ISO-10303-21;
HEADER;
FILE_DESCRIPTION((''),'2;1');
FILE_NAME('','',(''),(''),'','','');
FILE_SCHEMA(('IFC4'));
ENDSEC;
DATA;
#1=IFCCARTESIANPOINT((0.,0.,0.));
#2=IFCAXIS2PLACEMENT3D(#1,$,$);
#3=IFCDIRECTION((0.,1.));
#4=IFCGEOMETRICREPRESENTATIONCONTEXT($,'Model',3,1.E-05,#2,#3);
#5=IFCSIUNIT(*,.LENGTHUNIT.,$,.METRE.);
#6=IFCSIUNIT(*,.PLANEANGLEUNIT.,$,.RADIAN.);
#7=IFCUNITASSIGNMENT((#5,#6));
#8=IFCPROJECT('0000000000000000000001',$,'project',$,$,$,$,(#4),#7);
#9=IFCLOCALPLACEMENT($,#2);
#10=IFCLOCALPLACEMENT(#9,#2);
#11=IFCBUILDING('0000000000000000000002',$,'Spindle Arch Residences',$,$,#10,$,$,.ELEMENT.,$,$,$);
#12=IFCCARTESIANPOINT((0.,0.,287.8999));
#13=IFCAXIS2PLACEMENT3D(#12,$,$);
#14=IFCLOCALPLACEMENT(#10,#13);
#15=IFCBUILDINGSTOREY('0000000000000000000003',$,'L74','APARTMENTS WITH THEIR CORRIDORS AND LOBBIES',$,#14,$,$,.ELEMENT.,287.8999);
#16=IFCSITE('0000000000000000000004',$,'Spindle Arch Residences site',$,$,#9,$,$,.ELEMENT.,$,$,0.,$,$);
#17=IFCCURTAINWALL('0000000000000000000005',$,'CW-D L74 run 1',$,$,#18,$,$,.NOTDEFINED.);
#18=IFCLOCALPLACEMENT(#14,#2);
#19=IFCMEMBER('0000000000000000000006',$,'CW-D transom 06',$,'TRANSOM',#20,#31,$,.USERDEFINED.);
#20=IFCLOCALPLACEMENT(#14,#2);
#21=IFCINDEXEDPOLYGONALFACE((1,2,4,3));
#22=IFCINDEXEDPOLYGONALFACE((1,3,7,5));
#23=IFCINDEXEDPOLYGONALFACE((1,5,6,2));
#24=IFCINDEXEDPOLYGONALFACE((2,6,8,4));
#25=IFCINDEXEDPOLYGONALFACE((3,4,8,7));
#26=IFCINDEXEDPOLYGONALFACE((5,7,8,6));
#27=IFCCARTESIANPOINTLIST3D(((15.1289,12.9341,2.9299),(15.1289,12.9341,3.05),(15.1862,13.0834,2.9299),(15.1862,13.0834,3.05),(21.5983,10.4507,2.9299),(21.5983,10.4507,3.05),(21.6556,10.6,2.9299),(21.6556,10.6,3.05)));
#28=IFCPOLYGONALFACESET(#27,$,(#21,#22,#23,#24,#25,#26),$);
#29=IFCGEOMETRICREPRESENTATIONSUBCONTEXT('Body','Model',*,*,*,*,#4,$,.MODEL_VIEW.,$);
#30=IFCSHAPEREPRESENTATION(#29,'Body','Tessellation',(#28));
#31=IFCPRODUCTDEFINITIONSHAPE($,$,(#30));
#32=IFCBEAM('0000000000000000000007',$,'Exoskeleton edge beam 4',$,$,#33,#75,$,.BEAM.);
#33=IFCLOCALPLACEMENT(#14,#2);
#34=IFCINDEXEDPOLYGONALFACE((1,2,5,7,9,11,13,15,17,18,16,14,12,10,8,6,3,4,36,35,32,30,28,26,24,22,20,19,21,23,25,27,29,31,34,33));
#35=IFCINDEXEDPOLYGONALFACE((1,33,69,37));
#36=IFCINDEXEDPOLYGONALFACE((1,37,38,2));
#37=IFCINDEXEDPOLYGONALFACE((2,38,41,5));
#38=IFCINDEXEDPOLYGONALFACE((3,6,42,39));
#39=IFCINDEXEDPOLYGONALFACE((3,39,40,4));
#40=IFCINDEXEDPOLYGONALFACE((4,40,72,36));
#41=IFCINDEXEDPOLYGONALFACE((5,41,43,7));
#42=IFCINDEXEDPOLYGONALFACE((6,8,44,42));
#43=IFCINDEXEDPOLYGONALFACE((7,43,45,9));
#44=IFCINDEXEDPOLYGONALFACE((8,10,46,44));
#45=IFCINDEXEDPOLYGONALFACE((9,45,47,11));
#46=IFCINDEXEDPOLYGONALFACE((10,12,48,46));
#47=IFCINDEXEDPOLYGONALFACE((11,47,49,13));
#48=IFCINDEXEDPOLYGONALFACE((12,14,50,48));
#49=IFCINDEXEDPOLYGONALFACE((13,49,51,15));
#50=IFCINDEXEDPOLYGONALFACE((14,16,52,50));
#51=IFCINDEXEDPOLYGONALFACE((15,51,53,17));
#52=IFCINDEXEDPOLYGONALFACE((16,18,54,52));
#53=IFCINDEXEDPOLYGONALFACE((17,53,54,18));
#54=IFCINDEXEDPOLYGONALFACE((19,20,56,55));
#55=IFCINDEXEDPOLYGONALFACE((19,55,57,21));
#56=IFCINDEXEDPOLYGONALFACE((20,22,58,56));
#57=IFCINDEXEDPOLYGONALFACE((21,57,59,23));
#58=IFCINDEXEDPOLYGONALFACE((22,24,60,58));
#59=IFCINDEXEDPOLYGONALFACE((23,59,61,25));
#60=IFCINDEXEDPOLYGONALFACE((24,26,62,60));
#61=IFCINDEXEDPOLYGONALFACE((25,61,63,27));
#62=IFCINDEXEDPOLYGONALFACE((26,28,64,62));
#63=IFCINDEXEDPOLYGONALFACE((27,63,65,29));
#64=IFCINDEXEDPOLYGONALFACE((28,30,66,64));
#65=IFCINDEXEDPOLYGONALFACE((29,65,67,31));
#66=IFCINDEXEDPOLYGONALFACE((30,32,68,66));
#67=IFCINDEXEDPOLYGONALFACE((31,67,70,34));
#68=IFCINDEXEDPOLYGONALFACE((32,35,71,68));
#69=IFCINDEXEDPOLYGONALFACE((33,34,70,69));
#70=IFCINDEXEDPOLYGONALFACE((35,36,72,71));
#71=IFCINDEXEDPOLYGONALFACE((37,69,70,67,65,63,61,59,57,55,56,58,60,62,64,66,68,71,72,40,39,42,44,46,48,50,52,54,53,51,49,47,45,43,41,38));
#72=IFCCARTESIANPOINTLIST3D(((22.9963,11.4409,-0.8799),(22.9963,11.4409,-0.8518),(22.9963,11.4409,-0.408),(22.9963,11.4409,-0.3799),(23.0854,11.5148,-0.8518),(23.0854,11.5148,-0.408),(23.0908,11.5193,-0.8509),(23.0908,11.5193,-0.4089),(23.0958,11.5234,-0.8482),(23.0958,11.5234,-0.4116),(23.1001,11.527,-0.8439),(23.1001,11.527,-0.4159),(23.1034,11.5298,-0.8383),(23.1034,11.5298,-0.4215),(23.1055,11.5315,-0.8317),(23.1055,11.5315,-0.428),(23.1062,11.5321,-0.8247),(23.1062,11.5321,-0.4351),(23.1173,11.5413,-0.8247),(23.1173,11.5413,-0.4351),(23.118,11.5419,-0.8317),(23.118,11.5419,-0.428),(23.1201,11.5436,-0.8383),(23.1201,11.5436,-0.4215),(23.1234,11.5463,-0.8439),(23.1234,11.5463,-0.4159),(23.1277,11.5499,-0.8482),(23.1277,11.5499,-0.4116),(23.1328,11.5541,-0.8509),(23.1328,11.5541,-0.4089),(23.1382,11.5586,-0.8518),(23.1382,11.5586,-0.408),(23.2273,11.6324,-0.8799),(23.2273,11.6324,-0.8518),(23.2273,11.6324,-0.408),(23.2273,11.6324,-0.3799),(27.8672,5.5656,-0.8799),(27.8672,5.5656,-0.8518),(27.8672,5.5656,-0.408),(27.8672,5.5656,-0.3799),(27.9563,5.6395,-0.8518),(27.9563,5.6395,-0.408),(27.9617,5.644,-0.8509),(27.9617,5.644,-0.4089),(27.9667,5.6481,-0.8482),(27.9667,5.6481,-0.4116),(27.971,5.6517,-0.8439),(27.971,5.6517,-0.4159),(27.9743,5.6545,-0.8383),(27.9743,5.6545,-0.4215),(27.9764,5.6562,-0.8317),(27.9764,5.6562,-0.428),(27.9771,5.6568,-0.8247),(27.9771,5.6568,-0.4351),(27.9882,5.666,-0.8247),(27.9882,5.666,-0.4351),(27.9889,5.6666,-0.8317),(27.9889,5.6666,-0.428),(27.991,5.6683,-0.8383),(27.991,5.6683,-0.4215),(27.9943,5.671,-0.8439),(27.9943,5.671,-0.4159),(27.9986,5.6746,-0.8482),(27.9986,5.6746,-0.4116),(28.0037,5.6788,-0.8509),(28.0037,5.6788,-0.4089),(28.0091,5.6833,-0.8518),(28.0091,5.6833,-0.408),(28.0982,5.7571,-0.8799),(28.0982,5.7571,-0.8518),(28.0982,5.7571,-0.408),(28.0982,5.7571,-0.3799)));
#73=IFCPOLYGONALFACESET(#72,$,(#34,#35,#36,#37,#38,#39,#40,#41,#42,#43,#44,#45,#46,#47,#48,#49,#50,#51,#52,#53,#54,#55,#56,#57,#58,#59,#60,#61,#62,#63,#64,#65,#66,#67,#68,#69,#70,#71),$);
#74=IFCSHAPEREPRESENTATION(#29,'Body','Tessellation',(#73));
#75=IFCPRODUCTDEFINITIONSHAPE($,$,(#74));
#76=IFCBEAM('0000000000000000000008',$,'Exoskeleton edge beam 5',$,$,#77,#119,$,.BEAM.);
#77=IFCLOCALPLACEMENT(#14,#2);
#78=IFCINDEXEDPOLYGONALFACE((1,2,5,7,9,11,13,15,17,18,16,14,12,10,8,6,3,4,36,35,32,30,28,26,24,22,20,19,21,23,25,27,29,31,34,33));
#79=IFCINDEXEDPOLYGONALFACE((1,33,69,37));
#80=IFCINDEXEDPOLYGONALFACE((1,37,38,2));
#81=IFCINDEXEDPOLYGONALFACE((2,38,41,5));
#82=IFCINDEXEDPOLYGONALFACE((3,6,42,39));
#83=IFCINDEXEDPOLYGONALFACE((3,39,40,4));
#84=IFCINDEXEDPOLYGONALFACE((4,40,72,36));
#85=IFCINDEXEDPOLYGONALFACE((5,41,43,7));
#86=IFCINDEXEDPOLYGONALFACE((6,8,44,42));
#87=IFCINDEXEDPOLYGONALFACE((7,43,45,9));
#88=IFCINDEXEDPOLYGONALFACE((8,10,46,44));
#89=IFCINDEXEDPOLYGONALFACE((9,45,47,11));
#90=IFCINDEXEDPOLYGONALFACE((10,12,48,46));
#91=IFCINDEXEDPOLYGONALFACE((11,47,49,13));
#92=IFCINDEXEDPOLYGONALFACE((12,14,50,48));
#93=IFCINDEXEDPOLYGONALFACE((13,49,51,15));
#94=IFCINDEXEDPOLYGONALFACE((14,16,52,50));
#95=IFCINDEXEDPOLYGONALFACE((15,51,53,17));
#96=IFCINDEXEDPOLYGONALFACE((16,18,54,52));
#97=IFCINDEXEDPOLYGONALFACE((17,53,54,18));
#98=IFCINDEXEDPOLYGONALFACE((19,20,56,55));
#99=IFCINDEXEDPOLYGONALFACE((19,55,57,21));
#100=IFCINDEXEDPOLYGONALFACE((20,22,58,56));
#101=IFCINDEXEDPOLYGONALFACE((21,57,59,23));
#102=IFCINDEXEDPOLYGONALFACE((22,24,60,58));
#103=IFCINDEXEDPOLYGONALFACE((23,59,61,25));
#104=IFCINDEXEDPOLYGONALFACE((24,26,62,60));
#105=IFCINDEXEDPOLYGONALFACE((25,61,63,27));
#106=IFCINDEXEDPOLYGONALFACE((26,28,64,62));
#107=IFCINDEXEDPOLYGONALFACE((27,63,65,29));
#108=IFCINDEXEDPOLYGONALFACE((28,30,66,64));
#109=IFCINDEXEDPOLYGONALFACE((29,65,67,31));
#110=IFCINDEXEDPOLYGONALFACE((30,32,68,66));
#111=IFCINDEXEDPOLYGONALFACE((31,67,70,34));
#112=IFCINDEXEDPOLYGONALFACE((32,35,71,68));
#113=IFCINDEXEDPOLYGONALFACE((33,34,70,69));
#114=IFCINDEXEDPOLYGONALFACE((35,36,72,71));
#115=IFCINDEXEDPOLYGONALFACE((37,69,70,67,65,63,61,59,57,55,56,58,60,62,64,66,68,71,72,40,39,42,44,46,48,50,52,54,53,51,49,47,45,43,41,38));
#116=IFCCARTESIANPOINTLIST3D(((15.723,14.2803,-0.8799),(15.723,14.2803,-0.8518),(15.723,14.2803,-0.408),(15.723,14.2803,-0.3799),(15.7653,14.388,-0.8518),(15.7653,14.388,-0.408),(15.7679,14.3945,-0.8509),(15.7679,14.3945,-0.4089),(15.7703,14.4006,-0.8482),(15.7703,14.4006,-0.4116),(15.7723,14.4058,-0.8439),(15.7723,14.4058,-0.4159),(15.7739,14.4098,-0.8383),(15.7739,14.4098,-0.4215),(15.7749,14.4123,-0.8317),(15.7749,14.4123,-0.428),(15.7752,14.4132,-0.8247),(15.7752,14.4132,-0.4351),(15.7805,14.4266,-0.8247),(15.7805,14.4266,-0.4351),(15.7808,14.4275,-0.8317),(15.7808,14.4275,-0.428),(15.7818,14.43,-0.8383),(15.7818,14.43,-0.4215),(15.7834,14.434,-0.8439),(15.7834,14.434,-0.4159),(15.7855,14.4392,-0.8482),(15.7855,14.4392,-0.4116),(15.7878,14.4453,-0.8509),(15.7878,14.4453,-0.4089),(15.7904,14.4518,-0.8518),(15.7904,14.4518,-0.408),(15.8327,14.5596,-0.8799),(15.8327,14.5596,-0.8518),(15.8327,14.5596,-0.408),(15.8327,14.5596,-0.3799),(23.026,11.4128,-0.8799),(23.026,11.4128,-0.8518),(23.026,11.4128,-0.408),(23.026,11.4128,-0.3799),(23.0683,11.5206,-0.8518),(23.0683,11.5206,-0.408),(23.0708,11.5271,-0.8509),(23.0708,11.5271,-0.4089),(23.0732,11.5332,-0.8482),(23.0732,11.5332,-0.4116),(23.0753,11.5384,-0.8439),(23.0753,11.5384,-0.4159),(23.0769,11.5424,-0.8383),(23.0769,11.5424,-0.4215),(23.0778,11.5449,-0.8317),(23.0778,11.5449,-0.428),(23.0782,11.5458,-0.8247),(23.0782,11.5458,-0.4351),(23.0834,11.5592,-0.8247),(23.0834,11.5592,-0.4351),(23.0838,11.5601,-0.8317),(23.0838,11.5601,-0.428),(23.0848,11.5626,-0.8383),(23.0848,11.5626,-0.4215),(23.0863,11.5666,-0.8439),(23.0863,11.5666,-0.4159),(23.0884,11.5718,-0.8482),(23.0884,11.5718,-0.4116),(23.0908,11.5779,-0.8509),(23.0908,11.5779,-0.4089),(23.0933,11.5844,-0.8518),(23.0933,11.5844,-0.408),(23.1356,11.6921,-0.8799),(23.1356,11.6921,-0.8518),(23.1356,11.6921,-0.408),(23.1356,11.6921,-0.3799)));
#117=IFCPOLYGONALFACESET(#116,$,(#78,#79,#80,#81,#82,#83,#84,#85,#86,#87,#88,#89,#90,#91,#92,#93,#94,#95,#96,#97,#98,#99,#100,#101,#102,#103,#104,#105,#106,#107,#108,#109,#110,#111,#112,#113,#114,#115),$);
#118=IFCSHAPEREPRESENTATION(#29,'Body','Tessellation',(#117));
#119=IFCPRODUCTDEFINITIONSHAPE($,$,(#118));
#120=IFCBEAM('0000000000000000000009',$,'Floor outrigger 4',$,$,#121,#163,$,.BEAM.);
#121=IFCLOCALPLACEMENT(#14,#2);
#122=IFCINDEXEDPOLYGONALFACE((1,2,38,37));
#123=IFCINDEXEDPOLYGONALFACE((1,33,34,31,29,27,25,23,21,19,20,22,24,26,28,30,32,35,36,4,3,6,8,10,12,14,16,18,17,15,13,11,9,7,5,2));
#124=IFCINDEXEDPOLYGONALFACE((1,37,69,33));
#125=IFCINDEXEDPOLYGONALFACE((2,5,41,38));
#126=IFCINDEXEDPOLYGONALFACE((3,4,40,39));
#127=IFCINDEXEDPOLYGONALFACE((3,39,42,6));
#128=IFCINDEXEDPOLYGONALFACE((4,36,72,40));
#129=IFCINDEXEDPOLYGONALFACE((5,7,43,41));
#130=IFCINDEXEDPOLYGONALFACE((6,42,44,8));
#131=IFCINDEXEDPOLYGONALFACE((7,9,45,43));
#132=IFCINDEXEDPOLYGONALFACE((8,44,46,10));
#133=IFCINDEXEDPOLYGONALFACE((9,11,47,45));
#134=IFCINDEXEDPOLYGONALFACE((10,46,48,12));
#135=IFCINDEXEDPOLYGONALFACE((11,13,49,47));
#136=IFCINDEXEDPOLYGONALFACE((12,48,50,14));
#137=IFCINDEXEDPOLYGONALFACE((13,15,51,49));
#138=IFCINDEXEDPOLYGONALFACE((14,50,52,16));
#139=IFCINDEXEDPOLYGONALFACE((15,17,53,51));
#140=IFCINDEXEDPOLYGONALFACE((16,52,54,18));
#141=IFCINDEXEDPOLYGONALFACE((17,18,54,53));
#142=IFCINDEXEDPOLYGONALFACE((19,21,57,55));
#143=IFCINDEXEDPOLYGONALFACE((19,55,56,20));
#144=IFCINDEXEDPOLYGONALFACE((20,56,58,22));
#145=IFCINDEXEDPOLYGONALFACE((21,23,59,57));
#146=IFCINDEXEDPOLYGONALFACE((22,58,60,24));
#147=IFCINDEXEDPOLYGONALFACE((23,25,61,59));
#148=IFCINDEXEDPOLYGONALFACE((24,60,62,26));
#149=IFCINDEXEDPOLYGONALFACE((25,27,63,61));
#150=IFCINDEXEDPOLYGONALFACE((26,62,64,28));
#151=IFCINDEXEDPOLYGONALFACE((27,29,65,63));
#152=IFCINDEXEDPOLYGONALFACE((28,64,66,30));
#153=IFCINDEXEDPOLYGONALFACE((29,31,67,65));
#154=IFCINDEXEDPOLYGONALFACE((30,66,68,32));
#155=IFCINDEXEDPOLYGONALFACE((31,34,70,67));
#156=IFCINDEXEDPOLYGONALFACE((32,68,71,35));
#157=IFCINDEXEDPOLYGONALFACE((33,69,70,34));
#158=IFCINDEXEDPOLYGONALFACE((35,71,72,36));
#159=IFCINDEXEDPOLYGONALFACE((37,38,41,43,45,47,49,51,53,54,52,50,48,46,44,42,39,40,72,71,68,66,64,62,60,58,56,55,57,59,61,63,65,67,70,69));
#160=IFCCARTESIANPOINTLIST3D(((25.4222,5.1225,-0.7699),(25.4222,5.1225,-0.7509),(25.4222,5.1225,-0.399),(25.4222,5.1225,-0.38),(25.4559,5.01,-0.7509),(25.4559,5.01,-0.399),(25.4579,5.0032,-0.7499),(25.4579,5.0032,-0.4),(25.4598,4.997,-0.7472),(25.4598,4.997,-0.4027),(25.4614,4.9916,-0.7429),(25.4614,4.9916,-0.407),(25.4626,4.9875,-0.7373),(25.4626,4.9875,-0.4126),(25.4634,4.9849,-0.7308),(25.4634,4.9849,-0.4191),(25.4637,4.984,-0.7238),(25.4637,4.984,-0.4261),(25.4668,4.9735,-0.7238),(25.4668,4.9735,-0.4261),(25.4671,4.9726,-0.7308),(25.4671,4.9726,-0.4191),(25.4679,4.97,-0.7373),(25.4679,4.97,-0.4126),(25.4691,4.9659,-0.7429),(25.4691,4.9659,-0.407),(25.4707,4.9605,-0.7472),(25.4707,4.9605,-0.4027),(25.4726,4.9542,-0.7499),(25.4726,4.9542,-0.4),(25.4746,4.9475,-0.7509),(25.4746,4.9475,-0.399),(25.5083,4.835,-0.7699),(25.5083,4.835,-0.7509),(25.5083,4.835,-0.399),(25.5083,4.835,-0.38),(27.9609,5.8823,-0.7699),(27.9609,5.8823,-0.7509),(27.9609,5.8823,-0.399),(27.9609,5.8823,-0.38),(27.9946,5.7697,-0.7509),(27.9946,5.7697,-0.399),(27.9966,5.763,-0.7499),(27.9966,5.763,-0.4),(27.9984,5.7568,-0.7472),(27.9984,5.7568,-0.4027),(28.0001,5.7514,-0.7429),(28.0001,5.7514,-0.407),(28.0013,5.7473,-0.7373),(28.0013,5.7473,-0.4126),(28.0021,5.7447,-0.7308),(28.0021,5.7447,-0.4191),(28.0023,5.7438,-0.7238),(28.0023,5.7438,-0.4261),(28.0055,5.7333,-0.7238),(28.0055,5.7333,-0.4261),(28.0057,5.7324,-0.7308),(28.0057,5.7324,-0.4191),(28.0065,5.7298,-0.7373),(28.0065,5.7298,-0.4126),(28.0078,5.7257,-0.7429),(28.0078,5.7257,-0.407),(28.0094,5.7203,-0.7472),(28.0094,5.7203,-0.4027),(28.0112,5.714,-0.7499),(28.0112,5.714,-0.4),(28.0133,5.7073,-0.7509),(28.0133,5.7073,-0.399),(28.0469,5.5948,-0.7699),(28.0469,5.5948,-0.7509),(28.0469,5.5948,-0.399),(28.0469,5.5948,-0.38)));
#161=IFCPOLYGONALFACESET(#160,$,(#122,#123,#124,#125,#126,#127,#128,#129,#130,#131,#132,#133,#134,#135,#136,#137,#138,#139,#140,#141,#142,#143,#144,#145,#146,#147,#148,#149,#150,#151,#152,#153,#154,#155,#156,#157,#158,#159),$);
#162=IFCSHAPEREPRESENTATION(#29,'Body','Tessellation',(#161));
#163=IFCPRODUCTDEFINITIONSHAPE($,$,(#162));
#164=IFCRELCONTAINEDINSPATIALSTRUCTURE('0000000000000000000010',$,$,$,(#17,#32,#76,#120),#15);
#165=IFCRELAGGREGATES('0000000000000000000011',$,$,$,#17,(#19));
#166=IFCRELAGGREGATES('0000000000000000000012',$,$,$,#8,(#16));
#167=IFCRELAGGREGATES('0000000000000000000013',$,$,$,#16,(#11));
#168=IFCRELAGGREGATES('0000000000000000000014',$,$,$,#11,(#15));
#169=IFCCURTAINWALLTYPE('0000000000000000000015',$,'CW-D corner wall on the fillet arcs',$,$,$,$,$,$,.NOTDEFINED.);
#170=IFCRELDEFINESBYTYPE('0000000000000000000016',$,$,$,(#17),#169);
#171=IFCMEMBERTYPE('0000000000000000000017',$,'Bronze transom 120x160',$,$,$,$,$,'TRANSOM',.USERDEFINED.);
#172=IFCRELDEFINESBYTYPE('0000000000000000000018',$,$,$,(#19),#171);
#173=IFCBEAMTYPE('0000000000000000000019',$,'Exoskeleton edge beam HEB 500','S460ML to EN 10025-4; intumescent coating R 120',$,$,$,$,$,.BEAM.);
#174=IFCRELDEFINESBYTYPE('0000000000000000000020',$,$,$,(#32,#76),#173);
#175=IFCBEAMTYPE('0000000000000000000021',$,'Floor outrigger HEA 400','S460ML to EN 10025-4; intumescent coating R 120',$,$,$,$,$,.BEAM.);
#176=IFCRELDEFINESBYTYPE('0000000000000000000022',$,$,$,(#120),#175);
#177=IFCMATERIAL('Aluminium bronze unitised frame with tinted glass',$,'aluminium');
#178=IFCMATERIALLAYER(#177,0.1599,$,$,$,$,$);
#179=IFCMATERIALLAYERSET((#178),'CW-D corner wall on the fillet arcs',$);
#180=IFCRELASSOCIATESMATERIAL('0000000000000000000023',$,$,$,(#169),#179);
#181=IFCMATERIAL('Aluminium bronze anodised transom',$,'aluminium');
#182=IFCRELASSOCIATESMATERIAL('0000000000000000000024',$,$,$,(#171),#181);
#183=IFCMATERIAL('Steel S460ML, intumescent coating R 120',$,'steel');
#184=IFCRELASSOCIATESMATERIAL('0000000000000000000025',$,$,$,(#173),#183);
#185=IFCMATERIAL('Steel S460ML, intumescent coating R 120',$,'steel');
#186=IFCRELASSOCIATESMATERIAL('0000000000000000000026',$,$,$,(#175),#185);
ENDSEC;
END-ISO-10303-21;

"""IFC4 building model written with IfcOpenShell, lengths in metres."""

from ifc_helpers import new_model, si_unit, direction, frame, origin, origin_2d, place, context, subcontext, project, spatial, rectangle, i_section, extrude, material, layer, layer_set, material_profile, profile_set, type_object, element, aggregate, save


model = new_model("IFC4")

# Units and contexts
model_context = context("Model", 3, precision=1e-05, world=origin(), true_north=direction((0.0, 1.0)))
body_context = subcontext(model_context, "Body", "Model", "MODEL_VIEW")
ifc_project = project(units=[si_unit("LENGTHUNIT", "METRE"), si_unit("PLANEANGLEUNIT", "RADIAN")], contexts=[model_context])

# Site, building, storey
site_placement = place(None, origin())
site = spatial("IfcSite", under=ifc_project, at=site_placement, Name="Spindle Arch Residences site", CompositionType="ELEMENT", RefElevation=0.0)
building_placement = place(site_placement, origin())
building = spatial("IfcBuilding", under=site, at=building_placement, Name="Spindle Arch Residences", CompositionType="ELEMENT")
storey_placement = place(building_placement, frame((0.0, 0.0, 287.8999)))
storey = spatial("IfcBuildingStorey", under=building, at=storey_placement, Name="L74", Description="APARTMENTS WITH THEIR CORRIDORS AND LOBBIES", CompositionType="ELEMENT", Elevation=287.8999)

# Curtain wall, member
ifc_material_1 = material(Name="Aluminium bronze unitised frame with tinted glass", Category="aluminium")
ifc_layer_1 = layer(ifc_material_1, 0.1599)
ifc_layer_set_1 = layer_set([ifc_layer_1], Name="CW-D corner wall on the fillet arcs")
curtain_wall_type = type_object("IfcCurtainWallType", Name="CW-D corner wall on the fillet arcs", PredefinedType="NOTDEFINED", material=ifc_layer_set_1)
curtain_wall_placement = place(storey_placement, origin())
curtain_wall = element("IfcCurtainWall", 1, at=curtain_wall_placement, inside=storey, type_object=curtain_wall_type, Name="CW-D L74 run 1", PredefinedType="NOTDEFINED")
ifc_material_2 = material(Name="Aluminium bronze anodised transom", Category="aluminium")
ifc_material_profile_1 = material_profile(ifc_material_2, rectangle(XDim=0.1599, YDim=0.1201, at=origin_2d()), Name="TR 120x160")
ifc_profile_set_1 = profile_set([ifc_material_profile_1], Name="Aluminium bronze anodised transom")
member_type_1 = type_object("IfcMemberType", Name="Bronze transom 120x160", ElementType="TRANSOM", PredefinedType="USERDEFINED", material=ifc_profile_set_1)
member_1_placement = place(storey_placement, frame((21.627, 10.5254, 2.99), z_axis=(-0.933581, 0.358368, 0.0), x_axis=(-0.358368, -0.933581, 0.0)))
member_1 = element("IfcMember", 2, at=member_1_placement, type_object=member_type_1, Name="CW-D transom 06", ObjectType="TRANSOM", PredefinedType="USERDEFINED", context=body_context, shape_type="SweptSolid", body=[
    extrude(rectangle(XDim=0.1599, YDim=0.1201, at=origin_2d()), origin(), (0.0, 0.0, 1.0), 6.9297),
])

# Beams
ifc_material_3 = material(Name="Steel S460ML, intumescent coating R 120", Category="steel")
ifc_material_profile_2 = material_profile(ifc_material_3, i_section(OverallWidth=0.3, OverallDepth=0.5, WebThickness=0.0144, FlangeThickness=0.0281, FilletRadius=0.0271, at=origin_2d()), Name="HEB 500")
ifc_profile_set_2 = profile_set([ifc_material_profile_2], Name="Steel S460ML, intumescent coating R 120")
beam_type_1 = type_object("IfcBeamType", Name="Exoskeleton edge beam HEB 500", Description="S460ML to EN 10025-4; intumescent coating R 120", PredefinedType="BEAM", material=ifc_profile_set_2)
beam_1_placement = place(storey_placement, frame((27.9827, 5.6614, -0.6299), z_axis=(-0.638235, 0.769842, 0.0), x_axis=(-0.769842, -0.638235, 0.0)))
element("IfcBeam", 3, at=beam_1_placement, inside=storey, type_object=beam_type_1, Name="Exoskeleton edge beam 4", PredefinedType="BEAM", context=body_context, shape_type="SweptSolid", body=[
    extrude(i_section(OverallWidth=0.3, OverallDepth=0.5, WebThickness=0.0144, FlangeThickness=0.0281, FilletRadius=0.0271, at=origin_2d()), origin(), (0.0, 0.0, 1.0), 7.6318),
])
beam_2_placement = place(storey_placement, frame((23.0808, 11.5525, -0.6299), z_axis=(-0.930821, 0.365476, 0.0), x_axis=(-0.365476, -0.930821, 0.0)))
element("IfcBeam", 4, at=beam_2_placement, inside=storey, type_object=beam_type_1, Name="Exoskeleton edge beam 5", PredefinedType="BEAM", context=body_context, shape_type="SweptSolid", body=[
    extrude(i_section(OverallWidth=0.3, OverallDepth=0.5, WebThickness=0.0144, FlangeThickness=0.0281, FilletRadius=0.0271, at=origin_2d()), origin(), (0.0, 0.0, 1.0), 7.8457),
])
ifc_material_4 = material(Name="Steel S460ML, intumescent coating R 120", Category="steel")
ifc_material_profile_3 = material_profile(ifc_material_4, i_section(OverallWidth=0.3, OverallDepth=0.3899, WebThickness=0.011, FlangeThickness=0.019, FilletRadius=0.0271, at=origin_2d()), Name="HEA 400")
ifc_profile_set_3 = profile_set([ifc_material_profile_3], Name="Steel S460ML, intumescent coating R 120")
beam_type_2 = type_object("IfcBeamType", Name="Floor outrigger HEA 400", Description="S460ML to EN 10025-4; intumescent coating R 120", PredefinedType="BEAM", material=ifc_profile_set_3)
for number, where, z_axis, x_axis, name in (
    (5, (28.0039, 5.7385, -0.575), (-0.958014, -0.286722, 0.0), (0.286722, -0.958014, 0.0), "Floor outrigger 4"),
):
    element("IfcBeam", number, at=place(storey_placement, frame(where, z_axis=z_axis, x_axis=x_axis)), inside=storey, type_object=beam_type_2, Name=name, PredefinedType="BEAM", context=body_context, shape_type="SweptSolid", body=[
        extrude(i_section(OverallWidth=0.3, OverallDepth=0.3899, WebThickness=0.011, FlangeThickness=0.019, FilletRadius=0.0271, at=origin_2d()), origin(), (0.0, 0.0, 1.0), 2.6499),
    ])

aggregate(curtain_wall, [member_1])

save(model, "model.ifc")
